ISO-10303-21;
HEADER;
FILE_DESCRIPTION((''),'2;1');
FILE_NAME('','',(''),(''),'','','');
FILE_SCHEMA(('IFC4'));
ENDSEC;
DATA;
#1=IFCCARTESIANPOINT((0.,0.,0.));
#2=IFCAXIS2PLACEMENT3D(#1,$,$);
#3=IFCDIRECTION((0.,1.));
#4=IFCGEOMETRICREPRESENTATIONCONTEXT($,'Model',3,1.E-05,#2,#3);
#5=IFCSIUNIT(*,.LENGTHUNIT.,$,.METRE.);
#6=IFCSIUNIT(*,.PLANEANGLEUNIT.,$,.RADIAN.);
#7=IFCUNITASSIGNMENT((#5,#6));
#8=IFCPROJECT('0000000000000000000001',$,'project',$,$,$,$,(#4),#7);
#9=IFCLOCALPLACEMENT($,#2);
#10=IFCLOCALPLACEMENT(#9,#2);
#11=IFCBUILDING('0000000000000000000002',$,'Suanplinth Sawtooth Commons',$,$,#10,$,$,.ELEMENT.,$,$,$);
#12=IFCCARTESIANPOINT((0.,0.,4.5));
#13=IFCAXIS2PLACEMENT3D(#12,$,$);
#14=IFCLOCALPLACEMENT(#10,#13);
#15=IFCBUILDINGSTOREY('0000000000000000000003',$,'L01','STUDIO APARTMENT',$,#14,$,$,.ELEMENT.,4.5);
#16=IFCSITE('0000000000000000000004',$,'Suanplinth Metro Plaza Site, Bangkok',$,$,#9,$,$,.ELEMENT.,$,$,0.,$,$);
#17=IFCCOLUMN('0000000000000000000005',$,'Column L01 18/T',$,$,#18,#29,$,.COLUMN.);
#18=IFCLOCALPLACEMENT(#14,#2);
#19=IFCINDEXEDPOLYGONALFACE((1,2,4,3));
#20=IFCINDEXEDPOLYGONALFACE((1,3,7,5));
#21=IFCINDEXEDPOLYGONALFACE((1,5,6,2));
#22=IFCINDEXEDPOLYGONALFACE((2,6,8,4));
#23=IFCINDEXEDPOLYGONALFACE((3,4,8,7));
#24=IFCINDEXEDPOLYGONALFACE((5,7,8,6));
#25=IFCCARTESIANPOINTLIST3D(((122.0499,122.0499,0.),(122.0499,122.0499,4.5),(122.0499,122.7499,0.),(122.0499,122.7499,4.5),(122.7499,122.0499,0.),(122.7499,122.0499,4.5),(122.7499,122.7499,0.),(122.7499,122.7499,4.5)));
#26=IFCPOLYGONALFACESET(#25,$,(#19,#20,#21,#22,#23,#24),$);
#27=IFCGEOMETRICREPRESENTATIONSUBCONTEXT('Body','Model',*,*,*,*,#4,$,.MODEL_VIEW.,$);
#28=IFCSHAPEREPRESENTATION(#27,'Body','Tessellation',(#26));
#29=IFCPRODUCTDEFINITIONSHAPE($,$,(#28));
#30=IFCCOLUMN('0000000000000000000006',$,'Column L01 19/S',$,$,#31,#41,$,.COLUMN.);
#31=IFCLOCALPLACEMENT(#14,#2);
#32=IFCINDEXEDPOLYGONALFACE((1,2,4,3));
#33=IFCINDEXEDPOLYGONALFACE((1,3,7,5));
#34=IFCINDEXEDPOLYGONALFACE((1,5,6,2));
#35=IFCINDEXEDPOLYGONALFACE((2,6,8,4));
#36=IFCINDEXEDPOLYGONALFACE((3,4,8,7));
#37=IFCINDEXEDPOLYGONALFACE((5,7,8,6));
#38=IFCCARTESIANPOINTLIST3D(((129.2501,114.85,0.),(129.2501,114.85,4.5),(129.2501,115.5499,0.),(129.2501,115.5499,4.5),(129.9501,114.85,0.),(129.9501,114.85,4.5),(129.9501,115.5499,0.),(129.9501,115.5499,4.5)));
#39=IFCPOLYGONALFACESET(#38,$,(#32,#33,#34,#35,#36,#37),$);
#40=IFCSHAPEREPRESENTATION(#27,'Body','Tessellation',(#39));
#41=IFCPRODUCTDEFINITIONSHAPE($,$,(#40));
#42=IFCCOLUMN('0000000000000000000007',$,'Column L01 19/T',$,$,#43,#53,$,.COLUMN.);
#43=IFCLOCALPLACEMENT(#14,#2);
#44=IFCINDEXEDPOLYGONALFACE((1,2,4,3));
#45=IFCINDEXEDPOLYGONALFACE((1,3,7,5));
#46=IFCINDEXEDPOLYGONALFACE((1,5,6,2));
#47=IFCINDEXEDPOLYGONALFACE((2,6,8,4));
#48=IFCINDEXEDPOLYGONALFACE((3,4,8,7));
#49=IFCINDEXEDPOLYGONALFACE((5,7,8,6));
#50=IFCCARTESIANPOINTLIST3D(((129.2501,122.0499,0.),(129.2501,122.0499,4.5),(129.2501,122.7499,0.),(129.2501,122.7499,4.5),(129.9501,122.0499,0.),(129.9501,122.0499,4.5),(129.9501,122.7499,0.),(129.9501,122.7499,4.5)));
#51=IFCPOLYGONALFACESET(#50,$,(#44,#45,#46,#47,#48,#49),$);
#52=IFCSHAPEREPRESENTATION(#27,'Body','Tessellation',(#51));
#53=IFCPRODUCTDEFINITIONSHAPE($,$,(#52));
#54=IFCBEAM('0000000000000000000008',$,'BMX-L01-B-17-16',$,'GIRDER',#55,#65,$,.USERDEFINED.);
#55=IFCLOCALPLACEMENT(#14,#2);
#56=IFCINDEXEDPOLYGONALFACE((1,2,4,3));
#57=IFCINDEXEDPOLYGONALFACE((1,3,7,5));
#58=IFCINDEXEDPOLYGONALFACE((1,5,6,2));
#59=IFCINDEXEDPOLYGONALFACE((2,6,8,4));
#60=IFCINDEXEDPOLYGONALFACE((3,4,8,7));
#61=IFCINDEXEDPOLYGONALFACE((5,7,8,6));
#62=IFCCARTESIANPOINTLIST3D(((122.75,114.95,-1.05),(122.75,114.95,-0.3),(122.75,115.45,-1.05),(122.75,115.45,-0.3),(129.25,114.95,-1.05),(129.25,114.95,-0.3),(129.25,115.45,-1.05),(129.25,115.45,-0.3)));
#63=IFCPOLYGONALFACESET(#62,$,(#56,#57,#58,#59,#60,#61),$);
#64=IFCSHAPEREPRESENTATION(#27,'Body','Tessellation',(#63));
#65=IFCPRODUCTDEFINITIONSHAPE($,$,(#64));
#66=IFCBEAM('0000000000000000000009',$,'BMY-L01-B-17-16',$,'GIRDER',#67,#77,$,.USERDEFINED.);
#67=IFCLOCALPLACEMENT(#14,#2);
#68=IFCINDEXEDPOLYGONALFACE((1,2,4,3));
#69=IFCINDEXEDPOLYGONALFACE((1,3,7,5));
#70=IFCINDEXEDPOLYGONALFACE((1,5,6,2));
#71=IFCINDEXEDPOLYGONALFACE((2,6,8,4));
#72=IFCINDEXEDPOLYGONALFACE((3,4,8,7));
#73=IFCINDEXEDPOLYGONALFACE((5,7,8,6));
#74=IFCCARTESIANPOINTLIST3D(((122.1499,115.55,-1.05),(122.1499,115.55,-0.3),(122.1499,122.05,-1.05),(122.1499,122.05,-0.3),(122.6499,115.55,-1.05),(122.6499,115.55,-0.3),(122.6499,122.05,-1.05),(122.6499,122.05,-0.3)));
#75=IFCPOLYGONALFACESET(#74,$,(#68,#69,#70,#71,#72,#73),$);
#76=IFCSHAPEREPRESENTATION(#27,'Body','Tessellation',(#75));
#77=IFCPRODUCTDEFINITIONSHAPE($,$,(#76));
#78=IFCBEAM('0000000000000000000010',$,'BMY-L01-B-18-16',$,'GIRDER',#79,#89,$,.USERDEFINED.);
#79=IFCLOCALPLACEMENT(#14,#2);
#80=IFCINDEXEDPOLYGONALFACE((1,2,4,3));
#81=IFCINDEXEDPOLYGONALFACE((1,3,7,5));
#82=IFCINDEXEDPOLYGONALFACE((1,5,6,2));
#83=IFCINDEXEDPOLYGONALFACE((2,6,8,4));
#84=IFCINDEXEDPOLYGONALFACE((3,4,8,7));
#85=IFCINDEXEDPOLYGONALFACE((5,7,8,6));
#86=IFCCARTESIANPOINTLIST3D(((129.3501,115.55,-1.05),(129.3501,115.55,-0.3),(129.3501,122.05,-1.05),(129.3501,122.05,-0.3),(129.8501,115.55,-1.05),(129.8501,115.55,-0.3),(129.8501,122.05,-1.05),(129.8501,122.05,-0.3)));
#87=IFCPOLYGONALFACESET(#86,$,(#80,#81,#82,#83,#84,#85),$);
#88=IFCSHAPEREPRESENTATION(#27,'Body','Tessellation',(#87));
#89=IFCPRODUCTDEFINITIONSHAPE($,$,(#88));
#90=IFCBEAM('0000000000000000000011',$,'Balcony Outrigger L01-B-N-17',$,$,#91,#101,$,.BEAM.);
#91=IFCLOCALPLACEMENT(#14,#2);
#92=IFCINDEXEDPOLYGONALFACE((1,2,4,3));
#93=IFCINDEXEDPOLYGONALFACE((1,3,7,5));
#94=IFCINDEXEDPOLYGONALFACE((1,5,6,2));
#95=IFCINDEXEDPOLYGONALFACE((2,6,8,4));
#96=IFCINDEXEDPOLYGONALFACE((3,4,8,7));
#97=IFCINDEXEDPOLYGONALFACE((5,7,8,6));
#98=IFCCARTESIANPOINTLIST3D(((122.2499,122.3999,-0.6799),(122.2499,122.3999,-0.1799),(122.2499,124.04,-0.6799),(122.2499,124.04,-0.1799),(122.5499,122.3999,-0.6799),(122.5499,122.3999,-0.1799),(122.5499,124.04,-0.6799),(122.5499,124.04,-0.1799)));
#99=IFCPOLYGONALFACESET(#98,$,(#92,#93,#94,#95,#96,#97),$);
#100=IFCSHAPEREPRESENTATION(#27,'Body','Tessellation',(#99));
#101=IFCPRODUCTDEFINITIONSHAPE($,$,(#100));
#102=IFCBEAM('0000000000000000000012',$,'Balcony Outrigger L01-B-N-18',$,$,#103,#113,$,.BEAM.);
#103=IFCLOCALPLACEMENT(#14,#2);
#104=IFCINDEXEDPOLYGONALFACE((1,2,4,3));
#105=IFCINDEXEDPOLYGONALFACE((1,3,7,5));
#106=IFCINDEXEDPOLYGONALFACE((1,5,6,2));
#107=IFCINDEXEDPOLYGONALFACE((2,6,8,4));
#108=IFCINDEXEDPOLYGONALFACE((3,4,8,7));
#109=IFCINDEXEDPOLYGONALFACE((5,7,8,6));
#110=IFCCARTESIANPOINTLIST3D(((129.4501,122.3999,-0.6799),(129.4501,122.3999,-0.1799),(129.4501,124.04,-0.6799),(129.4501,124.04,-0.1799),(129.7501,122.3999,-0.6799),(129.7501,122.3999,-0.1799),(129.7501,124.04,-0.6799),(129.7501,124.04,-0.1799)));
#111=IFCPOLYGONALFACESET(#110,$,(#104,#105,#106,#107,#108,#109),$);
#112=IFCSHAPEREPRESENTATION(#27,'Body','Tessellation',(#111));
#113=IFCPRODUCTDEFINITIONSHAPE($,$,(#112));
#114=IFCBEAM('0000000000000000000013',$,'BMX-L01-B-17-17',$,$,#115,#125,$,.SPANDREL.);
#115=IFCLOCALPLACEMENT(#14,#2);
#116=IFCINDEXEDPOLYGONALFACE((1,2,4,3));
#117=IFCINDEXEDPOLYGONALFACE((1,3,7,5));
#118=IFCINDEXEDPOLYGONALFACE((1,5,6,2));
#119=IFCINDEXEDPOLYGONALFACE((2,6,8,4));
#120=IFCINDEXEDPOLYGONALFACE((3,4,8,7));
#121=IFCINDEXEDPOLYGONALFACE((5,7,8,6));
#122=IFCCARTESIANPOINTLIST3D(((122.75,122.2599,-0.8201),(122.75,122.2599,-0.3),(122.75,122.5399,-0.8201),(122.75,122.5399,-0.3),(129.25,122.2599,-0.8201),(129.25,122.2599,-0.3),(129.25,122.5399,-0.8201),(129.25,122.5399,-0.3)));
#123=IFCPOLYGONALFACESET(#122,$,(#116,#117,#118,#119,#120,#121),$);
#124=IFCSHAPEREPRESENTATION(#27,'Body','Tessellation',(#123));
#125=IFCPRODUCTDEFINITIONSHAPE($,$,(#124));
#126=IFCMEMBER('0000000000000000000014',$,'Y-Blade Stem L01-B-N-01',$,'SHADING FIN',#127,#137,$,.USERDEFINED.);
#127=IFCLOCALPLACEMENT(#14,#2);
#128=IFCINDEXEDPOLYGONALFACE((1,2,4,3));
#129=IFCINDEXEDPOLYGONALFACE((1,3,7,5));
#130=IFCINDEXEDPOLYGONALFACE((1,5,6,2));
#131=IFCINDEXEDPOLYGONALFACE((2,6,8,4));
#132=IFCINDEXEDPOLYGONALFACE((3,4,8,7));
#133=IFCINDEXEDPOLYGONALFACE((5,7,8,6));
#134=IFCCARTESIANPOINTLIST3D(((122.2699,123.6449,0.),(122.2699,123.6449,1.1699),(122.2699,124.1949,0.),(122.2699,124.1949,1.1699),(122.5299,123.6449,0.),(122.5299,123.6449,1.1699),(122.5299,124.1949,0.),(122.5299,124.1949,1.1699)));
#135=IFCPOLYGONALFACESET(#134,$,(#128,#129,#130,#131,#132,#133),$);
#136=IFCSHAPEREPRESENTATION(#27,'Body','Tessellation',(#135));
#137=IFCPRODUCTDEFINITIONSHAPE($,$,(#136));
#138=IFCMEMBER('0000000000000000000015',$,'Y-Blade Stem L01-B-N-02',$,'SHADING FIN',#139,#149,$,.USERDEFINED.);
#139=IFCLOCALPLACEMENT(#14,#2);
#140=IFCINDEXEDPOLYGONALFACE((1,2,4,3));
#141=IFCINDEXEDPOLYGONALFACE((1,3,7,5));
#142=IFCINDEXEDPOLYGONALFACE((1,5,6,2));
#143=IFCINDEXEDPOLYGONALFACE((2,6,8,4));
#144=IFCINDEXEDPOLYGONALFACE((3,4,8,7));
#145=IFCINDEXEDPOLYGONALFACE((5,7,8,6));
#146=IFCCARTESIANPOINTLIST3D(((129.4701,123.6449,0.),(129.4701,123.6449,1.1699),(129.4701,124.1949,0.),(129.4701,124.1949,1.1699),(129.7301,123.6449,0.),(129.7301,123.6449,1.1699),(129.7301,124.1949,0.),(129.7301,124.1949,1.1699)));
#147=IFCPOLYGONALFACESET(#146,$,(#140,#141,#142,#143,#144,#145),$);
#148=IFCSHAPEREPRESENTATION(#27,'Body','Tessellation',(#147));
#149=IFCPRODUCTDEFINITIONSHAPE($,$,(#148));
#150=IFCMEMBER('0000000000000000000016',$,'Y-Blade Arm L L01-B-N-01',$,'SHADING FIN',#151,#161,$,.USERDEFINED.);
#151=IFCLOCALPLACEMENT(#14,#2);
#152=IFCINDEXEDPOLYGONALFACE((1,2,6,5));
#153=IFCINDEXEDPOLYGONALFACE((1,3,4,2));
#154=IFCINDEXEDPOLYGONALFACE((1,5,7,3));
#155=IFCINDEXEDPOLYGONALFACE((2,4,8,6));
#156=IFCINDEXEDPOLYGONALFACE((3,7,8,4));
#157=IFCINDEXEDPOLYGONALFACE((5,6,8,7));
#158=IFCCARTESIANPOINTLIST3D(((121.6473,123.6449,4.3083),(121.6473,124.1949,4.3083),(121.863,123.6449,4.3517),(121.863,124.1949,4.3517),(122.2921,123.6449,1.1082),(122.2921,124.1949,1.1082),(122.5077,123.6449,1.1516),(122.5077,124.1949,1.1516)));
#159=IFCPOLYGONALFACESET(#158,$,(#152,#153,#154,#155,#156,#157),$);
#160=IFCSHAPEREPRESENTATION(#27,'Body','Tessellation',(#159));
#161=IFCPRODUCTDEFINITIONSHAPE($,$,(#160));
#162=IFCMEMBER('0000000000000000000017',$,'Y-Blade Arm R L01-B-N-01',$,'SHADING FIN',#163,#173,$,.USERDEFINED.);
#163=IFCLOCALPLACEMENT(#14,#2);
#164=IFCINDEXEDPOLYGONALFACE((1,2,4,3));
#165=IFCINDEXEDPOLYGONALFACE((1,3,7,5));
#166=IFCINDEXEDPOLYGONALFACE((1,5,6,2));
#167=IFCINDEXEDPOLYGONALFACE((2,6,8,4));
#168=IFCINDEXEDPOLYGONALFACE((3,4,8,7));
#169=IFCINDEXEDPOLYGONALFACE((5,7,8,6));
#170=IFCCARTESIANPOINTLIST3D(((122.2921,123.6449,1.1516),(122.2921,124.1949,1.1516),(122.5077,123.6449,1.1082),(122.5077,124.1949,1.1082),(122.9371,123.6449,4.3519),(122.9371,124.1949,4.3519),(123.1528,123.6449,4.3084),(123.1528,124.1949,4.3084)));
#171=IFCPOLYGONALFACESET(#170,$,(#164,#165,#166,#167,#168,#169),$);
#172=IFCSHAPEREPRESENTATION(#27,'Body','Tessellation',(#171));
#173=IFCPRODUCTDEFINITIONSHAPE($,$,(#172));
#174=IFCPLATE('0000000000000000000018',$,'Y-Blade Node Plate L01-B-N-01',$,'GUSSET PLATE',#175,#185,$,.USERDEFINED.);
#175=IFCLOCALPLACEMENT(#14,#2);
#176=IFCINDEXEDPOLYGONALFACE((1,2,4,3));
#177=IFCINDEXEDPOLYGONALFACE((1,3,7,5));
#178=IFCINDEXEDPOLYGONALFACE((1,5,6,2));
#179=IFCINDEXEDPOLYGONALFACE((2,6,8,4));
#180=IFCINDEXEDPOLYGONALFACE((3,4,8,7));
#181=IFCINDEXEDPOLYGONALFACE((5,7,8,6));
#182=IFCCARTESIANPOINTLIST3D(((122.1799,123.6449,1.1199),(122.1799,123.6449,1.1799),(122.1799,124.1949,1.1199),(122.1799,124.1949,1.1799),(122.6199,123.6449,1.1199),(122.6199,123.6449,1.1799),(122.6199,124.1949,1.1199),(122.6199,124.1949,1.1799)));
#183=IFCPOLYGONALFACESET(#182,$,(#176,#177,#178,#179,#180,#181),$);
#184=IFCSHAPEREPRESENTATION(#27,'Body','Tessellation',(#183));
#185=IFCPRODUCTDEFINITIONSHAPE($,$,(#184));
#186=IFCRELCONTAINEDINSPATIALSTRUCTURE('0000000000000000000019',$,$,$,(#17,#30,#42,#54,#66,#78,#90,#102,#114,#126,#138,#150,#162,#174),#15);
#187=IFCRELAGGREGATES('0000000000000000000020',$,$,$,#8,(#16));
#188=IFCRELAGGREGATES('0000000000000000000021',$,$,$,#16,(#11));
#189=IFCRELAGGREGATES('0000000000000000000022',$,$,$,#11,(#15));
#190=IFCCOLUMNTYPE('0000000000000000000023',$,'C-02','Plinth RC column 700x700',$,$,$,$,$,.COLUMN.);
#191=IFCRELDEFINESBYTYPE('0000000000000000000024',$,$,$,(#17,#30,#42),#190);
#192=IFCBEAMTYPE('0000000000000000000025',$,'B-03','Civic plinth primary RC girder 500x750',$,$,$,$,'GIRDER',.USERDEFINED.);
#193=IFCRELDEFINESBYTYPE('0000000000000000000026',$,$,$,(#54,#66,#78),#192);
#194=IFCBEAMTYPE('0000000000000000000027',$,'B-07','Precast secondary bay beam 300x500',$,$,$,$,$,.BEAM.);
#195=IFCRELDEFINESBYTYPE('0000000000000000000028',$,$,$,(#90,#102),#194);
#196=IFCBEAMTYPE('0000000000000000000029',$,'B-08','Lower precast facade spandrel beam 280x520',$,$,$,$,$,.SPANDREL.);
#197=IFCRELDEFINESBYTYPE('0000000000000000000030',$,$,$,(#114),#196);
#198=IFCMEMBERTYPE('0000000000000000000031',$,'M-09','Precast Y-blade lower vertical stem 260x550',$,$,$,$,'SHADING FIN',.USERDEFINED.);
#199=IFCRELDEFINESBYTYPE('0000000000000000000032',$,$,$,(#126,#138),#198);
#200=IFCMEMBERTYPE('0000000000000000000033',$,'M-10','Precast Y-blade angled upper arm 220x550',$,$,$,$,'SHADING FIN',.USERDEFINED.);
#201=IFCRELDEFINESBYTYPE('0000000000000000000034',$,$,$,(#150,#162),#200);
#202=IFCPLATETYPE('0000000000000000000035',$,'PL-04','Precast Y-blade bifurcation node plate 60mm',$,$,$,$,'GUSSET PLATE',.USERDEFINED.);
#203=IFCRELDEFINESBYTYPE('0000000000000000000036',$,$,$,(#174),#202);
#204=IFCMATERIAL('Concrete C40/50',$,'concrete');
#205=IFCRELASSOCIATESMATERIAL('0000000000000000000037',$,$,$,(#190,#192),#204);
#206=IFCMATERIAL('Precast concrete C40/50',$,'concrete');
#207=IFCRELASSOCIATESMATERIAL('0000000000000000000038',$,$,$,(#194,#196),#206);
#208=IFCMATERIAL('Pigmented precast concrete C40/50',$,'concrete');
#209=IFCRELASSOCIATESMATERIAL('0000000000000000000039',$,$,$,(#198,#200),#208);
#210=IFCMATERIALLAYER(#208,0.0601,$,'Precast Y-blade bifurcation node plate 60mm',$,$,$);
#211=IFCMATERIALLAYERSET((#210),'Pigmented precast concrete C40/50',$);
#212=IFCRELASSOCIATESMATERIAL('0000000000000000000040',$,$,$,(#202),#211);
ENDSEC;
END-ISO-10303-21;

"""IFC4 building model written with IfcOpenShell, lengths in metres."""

from ifc_helpers import new_model, si_unit, direction, frame, origin, origin_2d, place, context, subcontext, project, spatial, rectangle, extrude, material, layer, layer_set, material_profile, profile_set, type_object, element, save


model = new_model("IFC4")

# Units and contexts
model_context = context("Model", 3, precision=1e-05, world=origin(), true_north=direction((0.0, 1.0)))
body_context = subcontext(model_context, "Body", "Model", "MODEL_VIEW")
ifc_project = project(units=[si_unit("LENGTHUNIT", "METRE"), si_unit("PLANEANGLEUNIT", "RADIAN")], contexts=[model_context])

# Site, building, storey
site_placement = place(None, origin())
site = spatial("IfcSite", under=ifc_project, at=site_placement, Name="Suanplinth Metro Plaza Site, Bangkok", CompositionType="ELEMENT", RefElevation=0.0)
building_placement = place(site_placement, origin())
building = spatial("IfcBuilding", under=site, at=building_placement, Name="Suanplinth Sawtooth Commons", CompositionType="ELEMENT")
storey_placement = place(building_placement, frame((0.0, 0.0, 4.5)))
storey = spatial("IfcBuildingStorey", under=building, at=storey_placement, Name="L01", Description="STUDIO APARTMENT", CompositionType="ELEMENT", Elevation=4.5)

# Columns
ifc_material_1 = material(Name="Concrete C40/50", Category="concrete")
ifc_material_profile_1 = material_profile(ifc_material_1, rectangle(XDim=0.7, YDim=0.7, at=origin_2d()), Name="RC-COL 700x700")
ifc_profile_set_1 = profile_set([ifc_material_profile_1], Name="Concrete C40/50")
column_type = type_object("IfcColumnType", Name="C-02", Description="Plinth RC column 700x700", PredefinedType="COLUMN", material=ifc_profile_set_1)
for number, where, z_axis, x_axis, name in (
    (1, (122.3999, 122.3999, 0.0), (0.0, 0.0, 1.0), (1.0, 0.0, 0.0), "Column L01 18/T"),
    (2, (129.6001, 115.2, 0.0), (0.0, 0.0, 1.0), (1.0, 0.0, 0.0), "Column L01 19/S"),
    (3, (129.6001, 122.3999, 0.0), (0.0, 0.0, 1.0), (1.0, 0.0, 0.0), "Column L01 19/T"),
):
    element("IfcColumn", number, at=place(storey_placement, frame(where, z_axis=z_axis, x_axis=x_axis)), inside=storey, type_object=column_type, Name=name, PredefinedType="COLUMN", context=body_context, shape_type="SweptSolid", body=[
        extrude(rectangle(XDim=0.7, YDim=0.7, at=origin_2d()), origin(), (0.0, 0.0, 1.0), 4.5),
    ])

# Beams
ifc_material_profile_2 = material_profile(ifc_material_1, rectangle(XDim=0.5, YDim=0.75, at=origin_2d()), Name="RC-GDR 500x750")
ifc_profile_set_2 = profile_set([ifc_material_profile_2], Name="Concrete C40/50")
beam_type_1 = type_object("IfcBeamType", Name="B-03", Description="Civic plinth primary RC girder 500x750", ElementType="GIRDER", PredefinedType="USERDEFINED", material=ifc_profile_set_2)
for number, where, z_axis, x_axis, name in (
    (4, (122.75, 115.2, -0.675), (1.0, 0.0, 0.0), (0.0, 1.0, 0.0), "BMX-L01-B-17-16"),
    (5, (122.3999, 115.55, -0.675), (0.0, 1.0, 0.0), (-1.0, 0.0, 0.0), "BMY-L01-B-17-16"),
    (6, (129.6001, 115.55, -0.675), (0.0, 1.0, 0.0), (-1.0, 0.0, 0.0), "BMY-L01-B-18-16"),
):
    element("IfcBeam", number, at=place(storey_placement, frame(where, z_axis=z_axis, x_axis=x_axis)), inside=storey, type_object=beam_type_1, Name=name, ObjectType="GIRDER", PredefinedType="USERDEFINED", context=body_context, shape_type="SweptSolid", body=[
        extrude(rectangle(XDim=0.5, YDim=0.75, at=origin_2d()), origin(), (0.0, 0.0, 1.0), 6.5),
    ])
ifc_material_2 = material(Name="Precast concrete C40/50", Category="concrete")
ifc_material_profile_3 = material_profile(ifc_material_2, rectangle(XDim=0.3, YDim=0.5, at=origin_2d()), Name="PC-BM 300x500")
ifc_profile_set_3 = profile_set([ifc_material_profile_3], Name="Precast concrete C40/50")
beam_type_2 = type_object("IfcBeamType", Name="B-07", Description="Precast secondary bay beam 300x500", PredefinedType="BEAM", material=ifc_profile_set_3)
for number, where, z_axis, x_axis, name in (
    (7, (122.3999, 122.3999, -0.4299), (0.0, 1.0, 0.0), (-1.0, 0.0, 0.0), "Balcony Outrigger L01-B-N-17"),
    (8, (129.6001, 122.3999, -0.4299), (0.0, 1.0, 0.0), (-1.0, 0.0, 0.0), "Balcony Outrigger L01-B-N-18"),
):
    element("IfcBeam", number, at=place(storey_placement, frame(where, z_axis=z_axis, x_axis=x_axis)), inside=storey, type_object=beam_type_2, Name=name, PredefinedType="BEAM", context=body_context, shape_type="SweptSolid", body=[
        extrude(rectangle(XDim=0.3, YDim=0.5, at=origin_2d()), origin(), (0.0, 0.0, 1.0), 1.6401),
    ])
ifc_material_profile_4 = material_profile(ifc_material_2, rectangle(XDim=0.28, YDim=0.52, at=origin_2d()), Name="PC-SP 280x520")
ifc_profile_set_4 = profile_set([ifc_material_profile_4], Name="Precast concrete C40/50")
beam_type_3 = type_object("IfcBeamType", Name="B-08", Description="Lower precast facade spandrel beam 280x520", PredefinedType="SPANDREL", material=ifc_profile_set_4)
beam_placement = place(storey_placement, frame((122.75, 122.3999, -0.5601), z_axis=(1.0, 0.0, 0.0), x_axis=(0.0, 1.0, 0.0)))
element("IfcBeam", 9, at=beam_placement, inside=storey, type_object=beam_type_3, Name="BMX-L01-B-17-17", PredefinedType="SPANDREL", context=body_context, shape_type="SweptSolid", body=[
    extrude(rectangle(XDim=0.28, YDim=0.52, at=origin_2d()), origin(), (0.0, 0.0, 1.0), 6.5),
])

# Members
ifc_material_3 = material(Name="Pigmented precast concrete C40/50", Category="concrete")
ifc_material_profile_5 = material_profile(ifc_material_3, rectangle(XDim=0.26, YDim=0.55, at=origin_2d()), Name="PC-FIN 260x550")
ifc_profile_set_5 = profile_set([ifc_material_profile_5], Name="Pigmented precast concrete C40/50")
member_type_1 = type_object("IfcMemberType", Name="M-09", Description="Precast Y-blade lower vertical stem 260x550", ElementType="SHADING FIN", PredefinedType="USERDEFINED", material=ifc_profile_set_5)
for number, where, z_axis, x_axis, name in (
    (10, (122.3999, 123.9199, 0.0), (0.0, 0.0, 1.0), (1.0, 0.0, 0.0), "Y-Blade Stem L01-B-N-01"),
    (11, (129.6001, 123.9199, 0.0), (0.0, 0.0, 1.0), (1.0, 0.0, 0.0), "Y-Blade Stem L01-B-N-02"),
):
    element("IfcMember", number, at=place(storey_placement, frame(where, z_axis=z_axis, x_axis=x_axis)), inside=storey, type_object=member_type_1, Name=name, ObjectType="SHADING FIN", PredefinedType="USERDEFINED", context=body_context, shape_type="SweptSolid", body=[
        extrude(rectangle(XDim=0.26, YDim=0.55, at=origin_2d()), origin(), (0.0, 0.0, 1.0), 1.1699),
    ])
ifc_material_profile_6 = material_profile(ifc_material_3, rectangle(XDim=0.22, YDim=0.55, at=origin_2d()), Name="PC-FIN 220x550")
ifc_profile_set_6 = profile_set([ifc_material_profile_6], Name="Pigmented precast concrete C40/50")
member_type_2 = type_object("IfcMemberType", Name="M-10", Description="Precast Y-blade angled upper arm 220x550", ElementType="SHADING FIN", PredefinedType="USERDEFINED", material=ifc_profile_set_6)
member_1_placement = place(storey_placement, frame((122.3999, 123.9199, 1.1299), z_axis=(-0.197511, 0.0, 0.980301), x_axis=(0.980301, 0.0, 0.197511)))
element("IfcMember", 12, at=member_1_placement, inside=storey, type_object=member_type_2, Name="Y-Blade Arm L L01-B-N-01", ObjectType="SHADING FIN", PredefinedType="USERDEFINED", context=body_context, shape_type="SweptSolid", body=[
    extrude(rectangle(XDim=0.22, YDim=0.55, at=origin_2d()), origin(), (0.0, 0.0, 1.0), 3.2644),
])
member_2_placement = place(storey_placement, frame((122.3999, 123.9199, 1.1299), z_axis=(0.197583, 0.0, 0.980286), x_axis=(-0.980286, 0.0, 0.197583)))
element("IfcMember", 13, at=member_2_placement, inside=storey, type_object=member_type_2, Name="Y-Blade Arm R L01-B-N-01", ObjectType="SHADING FIN", PredefinedType="USERDEFINED", context=body_context, shape_type="SweptSolid", body=[
    extrude(rectangle(XDim=0.22, YDim=0.55, at=origin_2d()), origin(), (0.0, 0.0, 1.0), 3.2646),
])

# Plate
ifc_layer_1 = layer(ifc_material_3, 0.0601, Name="Precast Y-blade bifurcation node plate 60mm")
ifc_layer_set_1 = layer_set([ifc_layer_1], Name="Pigmented precast concrete C40/50")
plate_type = type_object("IfcPlateType", Name="PL-04", Description="Precast Y-blade bifurcation node plate 60mm", ElementType="GUSSET PLATE", PredefinedType="USERDEFINED", material=ifc_layer_set_1)
plate_placement = place(storey_placement, frame((122.3999, 123.9199, 1.1199), z_axis=(0.0, 0.0, 1.0), x_axis=(1.0, 0.0, 0.0)))
element("IfcPlate", 14, at=plate_placement, inside=storey, type_object=plate_type, Name="Y-Blade Node Plate L01-B-N-01", ObjectType="GUSSET PLATE", PredefinedType="USERDEFINED", context=body_context, shape_type="SweptSolid", body=[
    extrude(rectangle(XDim=0.4399, YDim=0.55, at=origin_2d()), origin(), (0.0, 0.0, 1.0), 0.0601),
])

save(model, "model.ifc")
